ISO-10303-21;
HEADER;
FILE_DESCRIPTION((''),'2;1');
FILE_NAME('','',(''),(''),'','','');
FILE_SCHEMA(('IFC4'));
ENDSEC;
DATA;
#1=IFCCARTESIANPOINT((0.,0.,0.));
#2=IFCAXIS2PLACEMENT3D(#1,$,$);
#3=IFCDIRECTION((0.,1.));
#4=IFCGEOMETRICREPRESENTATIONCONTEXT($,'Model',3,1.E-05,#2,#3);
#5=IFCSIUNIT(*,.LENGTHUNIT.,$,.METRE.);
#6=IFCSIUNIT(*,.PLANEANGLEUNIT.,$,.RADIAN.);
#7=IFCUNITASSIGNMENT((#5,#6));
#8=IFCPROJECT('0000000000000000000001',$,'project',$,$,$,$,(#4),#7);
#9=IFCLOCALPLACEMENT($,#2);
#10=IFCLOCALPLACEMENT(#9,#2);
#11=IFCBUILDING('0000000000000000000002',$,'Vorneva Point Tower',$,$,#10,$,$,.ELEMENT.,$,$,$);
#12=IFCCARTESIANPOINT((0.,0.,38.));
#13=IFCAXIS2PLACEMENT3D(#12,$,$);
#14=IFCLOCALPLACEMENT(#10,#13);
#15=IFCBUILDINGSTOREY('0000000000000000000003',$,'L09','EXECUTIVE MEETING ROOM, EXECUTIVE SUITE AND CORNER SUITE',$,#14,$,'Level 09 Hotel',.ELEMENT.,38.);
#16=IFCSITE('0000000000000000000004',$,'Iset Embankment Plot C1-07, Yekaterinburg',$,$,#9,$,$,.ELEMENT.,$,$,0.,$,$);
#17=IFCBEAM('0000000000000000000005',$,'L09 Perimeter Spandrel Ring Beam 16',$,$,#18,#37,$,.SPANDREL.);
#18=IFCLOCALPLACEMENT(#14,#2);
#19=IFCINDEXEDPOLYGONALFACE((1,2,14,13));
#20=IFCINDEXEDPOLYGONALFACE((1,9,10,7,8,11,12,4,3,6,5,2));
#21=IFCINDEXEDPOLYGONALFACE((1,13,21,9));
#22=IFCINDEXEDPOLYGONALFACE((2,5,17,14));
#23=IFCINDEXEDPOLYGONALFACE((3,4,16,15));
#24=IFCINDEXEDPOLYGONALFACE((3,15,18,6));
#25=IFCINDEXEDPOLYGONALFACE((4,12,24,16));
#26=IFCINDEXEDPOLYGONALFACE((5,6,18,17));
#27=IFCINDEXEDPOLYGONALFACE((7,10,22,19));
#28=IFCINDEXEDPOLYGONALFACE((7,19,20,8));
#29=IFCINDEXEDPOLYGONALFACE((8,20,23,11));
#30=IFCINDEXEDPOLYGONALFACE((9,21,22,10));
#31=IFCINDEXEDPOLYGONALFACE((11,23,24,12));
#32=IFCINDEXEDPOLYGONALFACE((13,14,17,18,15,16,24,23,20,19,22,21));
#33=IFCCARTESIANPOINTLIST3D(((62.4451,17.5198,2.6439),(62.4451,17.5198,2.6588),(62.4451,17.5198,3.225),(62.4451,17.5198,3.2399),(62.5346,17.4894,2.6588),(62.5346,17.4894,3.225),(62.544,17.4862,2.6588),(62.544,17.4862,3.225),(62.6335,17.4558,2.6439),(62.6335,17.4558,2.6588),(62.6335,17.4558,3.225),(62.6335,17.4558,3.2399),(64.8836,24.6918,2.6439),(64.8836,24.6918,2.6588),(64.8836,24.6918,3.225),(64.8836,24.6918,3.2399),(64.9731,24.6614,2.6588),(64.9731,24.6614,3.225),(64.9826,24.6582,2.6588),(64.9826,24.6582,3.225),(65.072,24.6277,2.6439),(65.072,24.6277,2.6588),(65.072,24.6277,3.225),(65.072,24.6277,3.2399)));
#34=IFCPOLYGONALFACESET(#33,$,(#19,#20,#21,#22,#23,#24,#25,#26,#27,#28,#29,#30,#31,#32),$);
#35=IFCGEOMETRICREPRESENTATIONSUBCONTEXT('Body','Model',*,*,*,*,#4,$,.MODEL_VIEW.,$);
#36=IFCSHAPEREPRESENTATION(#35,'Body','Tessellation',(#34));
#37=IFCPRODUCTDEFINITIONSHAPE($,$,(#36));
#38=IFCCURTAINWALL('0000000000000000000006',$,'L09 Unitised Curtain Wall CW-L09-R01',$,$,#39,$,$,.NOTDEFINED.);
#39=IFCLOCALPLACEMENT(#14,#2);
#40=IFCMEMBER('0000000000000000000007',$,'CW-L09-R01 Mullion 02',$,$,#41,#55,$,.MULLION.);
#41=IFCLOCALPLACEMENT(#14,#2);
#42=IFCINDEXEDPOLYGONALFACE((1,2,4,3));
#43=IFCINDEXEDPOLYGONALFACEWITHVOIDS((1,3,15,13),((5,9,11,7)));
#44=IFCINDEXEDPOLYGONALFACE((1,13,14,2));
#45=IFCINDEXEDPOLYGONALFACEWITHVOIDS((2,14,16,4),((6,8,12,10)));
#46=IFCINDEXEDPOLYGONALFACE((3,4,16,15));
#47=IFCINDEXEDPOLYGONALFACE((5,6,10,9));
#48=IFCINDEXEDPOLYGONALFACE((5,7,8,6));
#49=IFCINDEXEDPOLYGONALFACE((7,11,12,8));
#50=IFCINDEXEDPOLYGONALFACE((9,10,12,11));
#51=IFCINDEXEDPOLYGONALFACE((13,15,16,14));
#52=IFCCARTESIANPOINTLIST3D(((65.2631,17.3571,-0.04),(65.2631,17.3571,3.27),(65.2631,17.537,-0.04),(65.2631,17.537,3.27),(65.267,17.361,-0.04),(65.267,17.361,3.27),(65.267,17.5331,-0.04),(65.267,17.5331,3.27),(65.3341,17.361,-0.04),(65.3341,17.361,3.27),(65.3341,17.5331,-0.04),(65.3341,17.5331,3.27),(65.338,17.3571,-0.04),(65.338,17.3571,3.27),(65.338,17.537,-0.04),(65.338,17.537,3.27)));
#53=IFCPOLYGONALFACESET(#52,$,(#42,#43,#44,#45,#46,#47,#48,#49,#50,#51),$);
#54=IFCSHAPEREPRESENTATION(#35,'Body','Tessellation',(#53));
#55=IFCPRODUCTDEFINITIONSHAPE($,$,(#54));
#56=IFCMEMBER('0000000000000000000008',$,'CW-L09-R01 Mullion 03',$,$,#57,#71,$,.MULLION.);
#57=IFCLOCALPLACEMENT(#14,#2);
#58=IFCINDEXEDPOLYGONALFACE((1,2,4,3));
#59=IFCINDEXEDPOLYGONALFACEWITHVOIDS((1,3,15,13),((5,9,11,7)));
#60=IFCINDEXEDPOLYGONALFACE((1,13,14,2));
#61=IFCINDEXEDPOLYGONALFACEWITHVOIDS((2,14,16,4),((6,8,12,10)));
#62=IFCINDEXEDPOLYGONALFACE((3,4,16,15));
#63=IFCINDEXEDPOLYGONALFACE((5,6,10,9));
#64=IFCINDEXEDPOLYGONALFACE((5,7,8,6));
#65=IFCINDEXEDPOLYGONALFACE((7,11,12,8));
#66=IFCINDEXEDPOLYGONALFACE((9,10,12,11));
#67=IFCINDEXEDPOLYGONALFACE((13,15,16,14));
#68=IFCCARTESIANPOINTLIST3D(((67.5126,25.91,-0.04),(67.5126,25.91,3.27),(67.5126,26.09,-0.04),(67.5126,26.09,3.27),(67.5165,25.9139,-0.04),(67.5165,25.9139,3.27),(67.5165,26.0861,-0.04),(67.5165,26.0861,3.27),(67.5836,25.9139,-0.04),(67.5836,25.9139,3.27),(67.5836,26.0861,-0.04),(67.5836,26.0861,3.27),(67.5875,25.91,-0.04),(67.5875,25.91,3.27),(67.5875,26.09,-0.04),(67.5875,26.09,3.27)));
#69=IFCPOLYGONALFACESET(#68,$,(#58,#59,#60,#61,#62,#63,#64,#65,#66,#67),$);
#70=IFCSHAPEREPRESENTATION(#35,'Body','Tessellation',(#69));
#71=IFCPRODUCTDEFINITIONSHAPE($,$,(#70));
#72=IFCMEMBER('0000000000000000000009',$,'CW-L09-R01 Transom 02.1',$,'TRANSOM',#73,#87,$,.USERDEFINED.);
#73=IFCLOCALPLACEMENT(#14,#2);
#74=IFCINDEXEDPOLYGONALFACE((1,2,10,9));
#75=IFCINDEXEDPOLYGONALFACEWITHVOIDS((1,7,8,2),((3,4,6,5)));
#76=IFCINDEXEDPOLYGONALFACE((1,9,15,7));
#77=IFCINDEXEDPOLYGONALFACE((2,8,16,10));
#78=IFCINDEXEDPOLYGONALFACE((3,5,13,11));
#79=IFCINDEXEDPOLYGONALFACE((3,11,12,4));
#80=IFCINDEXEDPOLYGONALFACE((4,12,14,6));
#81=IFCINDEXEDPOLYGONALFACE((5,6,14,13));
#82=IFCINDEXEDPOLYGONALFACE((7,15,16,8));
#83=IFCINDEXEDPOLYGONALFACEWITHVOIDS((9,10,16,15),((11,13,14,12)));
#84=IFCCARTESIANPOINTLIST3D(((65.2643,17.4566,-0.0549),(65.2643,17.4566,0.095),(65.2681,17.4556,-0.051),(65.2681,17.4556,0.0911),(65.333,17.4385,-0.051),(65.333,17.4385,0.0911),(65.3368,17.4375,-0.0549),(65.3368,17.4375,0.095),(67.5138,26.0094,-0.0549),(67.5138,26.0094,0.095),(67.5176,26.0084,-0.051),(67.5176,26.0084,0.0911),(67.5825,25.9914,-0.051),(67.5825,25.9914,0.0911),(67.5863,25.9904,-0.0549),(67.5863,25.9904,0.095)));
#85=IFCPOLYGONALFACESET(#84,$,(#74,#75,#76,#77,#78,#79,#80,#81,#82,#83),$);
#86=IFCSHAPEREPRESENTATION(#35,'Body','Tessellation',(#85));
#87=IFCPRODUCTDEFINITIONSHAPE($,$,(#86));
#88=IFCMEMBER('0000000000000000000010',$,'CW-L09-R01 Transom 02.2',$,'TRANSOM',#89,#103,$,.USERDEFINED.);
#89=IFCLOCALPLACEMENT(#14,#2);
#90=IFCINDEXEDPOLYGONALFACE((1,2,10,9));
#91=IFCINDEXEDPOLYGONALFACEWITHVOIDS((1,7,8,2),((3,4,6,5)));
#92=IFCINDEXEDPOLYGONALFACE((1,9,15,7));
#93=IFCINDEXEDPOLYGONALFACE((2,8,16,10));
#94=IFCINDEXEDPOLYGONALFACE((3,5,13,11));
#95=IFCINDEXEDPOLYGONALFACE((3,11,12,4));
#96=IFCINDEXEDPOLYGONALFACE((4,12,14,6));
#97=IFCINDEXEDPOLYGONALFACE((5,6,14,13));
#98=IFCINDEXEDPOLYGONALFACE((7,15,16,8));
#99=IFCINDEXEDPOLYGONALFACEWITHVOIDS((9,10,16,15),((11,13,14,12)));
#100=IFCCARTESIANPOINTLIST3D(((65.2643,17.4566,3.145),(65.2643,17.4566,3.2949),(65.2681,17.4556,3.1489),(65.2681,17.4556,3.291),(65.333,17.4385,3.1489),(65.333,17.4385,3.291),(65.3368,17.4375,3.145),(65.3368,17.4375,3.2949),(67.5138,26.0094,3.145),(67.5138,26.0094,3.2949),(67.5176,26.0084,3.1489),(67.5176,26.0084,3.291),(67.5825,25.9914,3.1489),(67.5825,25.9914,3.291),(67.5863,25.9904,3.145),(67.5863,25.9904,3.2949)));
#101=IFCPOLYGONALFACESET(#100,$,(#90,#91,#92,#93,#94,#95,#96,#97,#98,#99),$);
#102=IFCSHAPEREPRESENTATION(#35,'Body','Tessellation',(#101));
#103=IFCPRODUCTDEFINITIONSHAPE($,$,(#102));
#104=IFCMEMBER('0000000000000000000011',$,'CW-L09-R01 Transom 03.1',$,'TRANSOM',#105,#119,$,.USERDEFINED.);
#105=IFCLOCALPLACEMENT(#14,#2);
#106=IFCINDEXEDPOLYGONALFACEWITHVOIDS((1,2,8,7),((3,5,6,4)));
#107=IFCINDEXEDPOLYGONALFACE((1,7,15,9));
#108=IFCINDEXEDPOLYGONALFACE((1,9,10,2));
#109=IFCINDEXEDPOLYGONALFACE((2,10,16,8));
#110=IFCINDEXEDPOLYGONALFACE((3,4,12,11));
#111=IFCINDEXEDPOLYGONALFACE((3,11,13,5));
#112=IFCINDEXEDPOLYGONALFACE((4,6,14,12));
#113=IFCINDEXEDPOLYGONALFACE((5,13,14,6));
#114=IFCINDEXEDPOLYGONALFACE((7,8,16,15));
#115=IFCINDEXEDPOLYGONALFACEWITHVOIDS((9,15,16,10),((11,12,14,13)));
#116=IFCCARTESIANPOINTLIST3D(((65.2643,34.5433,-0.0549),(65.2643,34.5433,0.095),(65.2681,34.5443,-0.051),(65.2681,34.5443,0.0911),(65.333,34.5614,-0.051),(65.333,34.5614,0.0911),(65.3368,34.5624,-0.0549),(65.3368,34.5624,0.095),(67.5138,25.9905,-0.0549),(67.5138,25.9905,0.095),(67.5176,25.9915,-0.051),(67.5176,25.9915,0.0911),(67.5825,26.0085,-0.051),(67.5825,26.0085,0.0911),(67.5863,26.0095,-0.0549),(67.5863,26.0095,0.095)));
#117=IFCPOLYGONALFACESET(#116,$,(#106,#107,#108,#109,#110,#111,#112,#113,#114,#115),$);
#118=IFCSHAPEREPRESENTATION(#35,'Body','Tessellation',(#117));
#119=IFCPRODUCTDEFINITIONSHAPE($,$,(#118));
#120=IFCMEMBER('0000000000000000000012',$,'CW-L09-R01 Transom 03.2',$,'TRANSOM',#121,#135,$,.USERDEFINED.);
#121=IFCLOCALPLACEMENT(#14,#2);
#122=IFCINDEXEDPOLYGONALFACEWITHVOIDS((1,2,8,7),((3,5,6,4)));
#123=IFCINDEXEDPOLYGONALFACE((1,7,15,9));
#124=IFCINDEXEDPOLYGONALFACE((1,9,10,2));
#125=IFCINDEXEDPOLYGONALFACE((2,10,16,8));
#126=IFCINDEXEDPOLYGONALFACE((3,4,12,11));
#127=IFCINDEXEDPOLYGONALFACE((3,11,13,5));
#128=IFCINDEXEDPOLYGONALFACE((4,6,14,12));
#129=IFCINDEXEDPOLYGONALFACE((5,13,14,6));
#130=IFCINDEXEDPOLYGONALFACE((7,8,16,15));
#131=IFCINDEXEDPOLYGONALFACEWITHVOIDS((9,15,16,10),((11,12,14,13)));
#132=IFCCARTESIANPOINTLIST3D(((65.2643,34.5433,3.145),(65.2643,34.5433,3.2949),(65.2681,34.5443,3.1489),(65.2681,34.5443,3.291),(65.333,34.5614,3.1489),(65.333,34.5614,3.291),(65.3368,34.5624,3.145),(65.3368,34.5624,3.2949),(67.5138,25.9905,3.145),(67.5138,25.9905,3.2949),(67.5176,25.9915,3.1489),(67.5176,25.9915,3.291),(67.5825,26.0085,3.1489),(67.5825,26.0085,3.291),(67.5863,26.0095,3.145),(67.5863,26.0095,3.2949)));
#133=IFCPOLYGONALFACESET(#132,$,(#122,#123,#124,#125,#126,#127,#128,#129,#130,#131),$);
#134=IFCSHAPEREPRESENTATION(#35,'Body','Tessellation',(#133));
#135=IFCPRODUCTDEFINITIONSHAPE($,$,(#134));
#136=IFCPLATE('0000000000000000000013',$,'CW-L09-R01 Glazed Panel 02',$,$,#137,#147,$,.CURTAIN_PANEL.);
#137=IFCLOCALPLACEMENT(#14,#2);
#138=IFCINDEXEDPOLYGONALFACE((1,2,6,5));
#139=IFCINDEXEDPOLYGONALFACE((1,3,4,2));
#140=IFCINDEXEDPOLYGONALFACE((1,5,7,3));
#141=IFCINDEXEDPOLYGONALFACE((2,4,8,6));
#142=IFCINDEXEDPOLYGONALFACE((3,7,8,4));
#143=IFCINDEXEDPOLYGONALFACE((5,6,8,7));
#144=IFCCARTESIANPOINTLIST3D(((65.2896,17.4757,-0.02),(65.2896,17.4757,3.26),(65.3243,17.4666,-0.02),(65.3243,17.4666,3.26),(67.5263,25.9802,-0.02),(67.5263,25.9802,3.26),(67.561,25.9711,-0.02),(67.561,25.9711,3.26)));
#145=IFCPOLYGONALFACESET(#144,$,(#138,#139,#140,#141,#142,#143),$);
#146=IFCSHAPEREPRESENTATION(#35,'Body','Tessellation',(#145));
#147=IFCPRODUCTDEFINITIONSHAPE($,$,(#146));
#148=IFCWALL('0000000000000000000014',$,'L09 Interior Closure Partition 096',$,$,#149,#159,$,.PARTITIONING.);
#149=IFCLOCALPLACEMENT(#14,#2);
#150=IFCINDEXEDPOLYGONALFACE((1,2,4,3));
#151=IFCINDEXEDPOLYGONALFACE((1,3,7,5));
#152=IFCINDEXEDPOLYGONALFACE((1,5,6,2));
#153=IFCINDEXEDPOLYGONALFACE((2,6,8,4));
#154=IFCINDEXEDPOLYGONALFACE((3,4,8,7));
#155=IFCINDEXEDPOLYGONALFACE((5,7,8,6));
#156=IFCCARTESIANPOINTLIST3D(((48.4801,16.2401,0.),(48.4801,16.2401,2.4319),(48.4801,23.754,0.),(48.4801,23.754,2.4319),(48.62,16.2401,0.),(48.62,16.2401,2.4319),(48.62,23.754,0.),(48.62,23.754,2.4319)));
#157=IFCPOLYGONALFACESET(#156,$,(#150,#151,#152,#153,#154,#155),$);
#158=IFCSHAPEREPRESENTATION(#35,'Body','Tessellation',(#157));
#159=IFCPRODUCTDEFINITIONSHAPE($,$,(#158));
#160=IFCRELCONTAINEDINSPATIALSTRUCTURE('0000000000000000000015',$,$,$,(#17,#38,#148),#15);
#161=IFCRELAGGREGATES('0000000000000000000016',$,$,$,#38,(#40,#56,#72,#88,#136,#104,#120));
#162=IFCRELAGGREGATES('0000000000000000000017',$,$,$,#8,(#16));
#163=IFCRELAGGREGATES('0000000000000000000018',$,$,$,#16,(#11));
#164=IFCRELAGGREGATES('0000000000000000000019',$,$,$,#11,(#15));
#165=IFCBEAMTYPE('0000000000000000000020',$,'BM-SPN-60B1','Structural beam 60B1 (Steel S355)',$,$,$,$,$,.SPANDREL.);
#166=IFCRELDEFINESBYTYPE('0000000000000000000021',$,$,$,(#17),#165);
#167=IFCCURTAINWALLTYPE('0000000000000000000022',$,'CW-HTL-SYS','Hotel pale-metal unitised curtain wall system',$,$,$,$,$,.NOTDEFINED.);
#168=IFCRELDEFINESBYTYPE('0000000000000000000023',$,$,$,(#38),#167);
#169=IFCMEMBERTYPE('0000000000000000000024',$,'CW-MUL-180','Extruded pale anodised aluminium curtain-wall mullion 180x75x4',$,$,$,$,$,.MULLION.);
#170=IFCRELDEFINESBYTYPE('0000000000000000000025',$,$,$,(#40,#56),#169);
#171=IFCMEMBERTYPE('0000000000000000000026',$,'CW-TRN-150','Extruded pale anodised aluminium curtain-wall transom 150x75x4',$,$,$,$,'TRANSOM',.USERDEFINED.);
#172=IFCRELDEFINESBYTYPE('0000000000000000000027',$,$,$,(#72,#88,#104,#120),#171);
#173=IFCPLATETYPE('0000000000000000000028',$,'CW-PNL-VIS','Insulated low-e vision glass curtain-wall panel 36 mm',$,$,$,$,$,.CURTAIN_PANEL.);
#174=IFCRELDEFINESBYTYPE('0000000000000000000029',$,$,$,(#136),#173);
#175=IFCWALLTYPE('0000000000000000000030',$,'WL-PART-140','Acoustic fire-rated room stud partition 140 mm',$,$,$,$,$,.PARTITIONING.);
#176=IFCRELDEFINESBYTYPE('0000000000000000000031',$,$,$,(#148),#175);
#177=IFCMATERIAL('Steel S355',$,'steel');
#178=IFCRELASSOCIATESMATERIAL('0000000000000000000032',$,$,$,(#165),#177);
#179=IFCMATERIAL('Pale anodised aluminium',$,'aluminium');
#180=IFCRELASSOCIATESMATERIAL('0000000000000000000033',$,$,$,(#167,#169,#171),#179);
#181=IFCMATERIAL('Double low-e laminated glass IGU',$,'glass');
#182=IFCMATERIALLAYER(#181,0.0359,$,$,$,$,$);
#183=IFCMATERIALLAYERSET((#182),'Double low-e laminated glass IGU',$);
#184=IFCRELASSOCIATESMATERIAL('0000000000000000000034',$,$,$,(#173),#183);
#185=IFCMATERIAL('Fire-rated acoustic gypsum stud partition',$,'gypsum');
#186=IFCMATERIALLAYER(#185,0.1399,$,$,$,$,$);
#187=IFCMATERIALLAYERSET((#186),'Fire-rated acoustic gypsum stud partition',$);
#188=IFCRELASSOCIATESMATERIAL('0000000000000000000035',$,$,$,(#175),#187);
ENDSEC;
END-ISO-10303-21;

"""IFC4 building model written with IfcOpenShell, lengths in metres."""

from ifc_helpers import new_model, si_unit, direction, frame, frame_2d, origin, origin_2d, place, context, subcontext, project, spatial, rectangle, hollow_rectangle, i_section, extrude, material, layer, layer_set, material_profile, profile_set, type_object, element, aggregate, save


model = new_model("IFC4")

# Units and contexts
model_context = context("Model", 3, precision=1e-05, world=origin(), true_north=direction((0.0, 1.0)))
body_context = subcontext(model_context, "Body", "Model", "MODEL_VIEW")
ifc_project = project(units=[si_unit("LENGTHUNIT", "METRE"), si_unit("PLANEANGLEUNIT", "RADIAN")], contexts=[model_context])

# Site, building, storey
site_placement = place(None, origin())
site = spatial("IfcSite", under=ifc_project, at=site_placement, Name="Iset Embankment Plot C1-07, Yekaterinburg", CompositionType="ELEMENT", RefElevation=0.0)
building_placement = place(site_placement, origin())
building = spatial("IfcBuilding", under=site, at=building_placement, Name="Vorneva Point Tower", CompositionType="ELEMENT")
storey_placement = place(building_placement, frame((0.0, 0.0, 38.0)))
storey = spatial("IfcBuildingStorey", under=building, at=storey_placement, Name="L09", Description="EXECUTIVE MEETING ROOM, EXECUTIVE SUITE AND CORNER SUITE", LongName="Level 09 Hotel", CompositionType="ELEMENT", Elevation=38.0)

# Beam
ifc_material_1 = material(Name="Steel S355", Category="steel")
ifc_material_profile_1 = material_profile(ifc_material_1, i_section(OverallWidth=0.199, OverallDepth=0.5959, WebThickness=0.01, FlangeThickness=0.0149, at=origin_2d()), Name="60B1")
ifc_profile_set_1 = profile_set([ifc_material_profile_1], Name="Steel S355")
beam_type_1 = type_object("IfcBeamType", Name="BM-SPN-60B1", Description="Structural beam 60B1 (Steel S355)", PredefinedType="SPANDREL", material=ifc_profile_set_1)
beam_1_placement = place(storey_placement, frame((62.5393, 17.4878, 2.9419), z_axis=(0.321907, 0.946771, 0.0), x_axis=(-0.946771, 0.321907, 0.0)))
element("IfcBeam", 1, at=beam_1_placement, inside=storey, type_object=beam_type_1, Name="L09 Perimeter Spandrel Ring Beam 16", PredefinedType="SPANDREL", context=body_context, shape_type="SweptSolid", body=[
    extrude(i_section(OverallWidth=0.199, OverallDepth=0.5959, WebThickness=0.01, FlangeThickness=0.0149, at=origin_2d()), origin(), (0.0, 0.0, 1.0), 7.5752),
])

# Curtain wall, members, plate
ifc_material_2 = material(Name="Pale anodised aluminium", Category="aluminium")
curtain_wall_type = type_object("IfcCurtainWallType", Name="CW-HTL-SYS", Description="Hotel pale-metal unitised curtain wall system", PredefinedType="NOTDEFINED", material=ifc_material_2)
curtain_wall_placement = place(storey_placement, origin())
curtain_wall = element("IfcCurtainWall", 2, at=curtain_wall_placement, inside=storey, type_object=curtain_wall_type, Name="L09 Unitised Curtain Wall CW-L09-R01", PredefinedType="NOTDEFINED")
ifc_material_profile_2 = material_profile(ifc_material_2, hollow_rectangle(XDim=0.075, YDim=0.1799, WallThickness=0.0039, at=origin_2d()), Name="AL-MUL 180x75x4")
ifc_profile_set_2 = profile_set([ifc_material_profile_2], Name="Pale anodised aluminium")
member_type_1 = type_object("IfcMemberType", Name="CW-MUL-180", Description="Extruded pale anodised aluminium curtain-wall mullion 180x75x4", PredefinedType="MULLION", material=ifc_profile_set_2)
member_1_placement = place(storey_placement, frame((65.3005, 17.447, -0.04), z_axis=(0.0, 0.0, 1.0), x_axis=(1.0, 0.0, 0.0)))
member_1 = element("IfcMember", 3, at=member_1_placement, type_object=member_type_1, Name="CW-L09-R01 Mullion 02", PredefinedType="MULLION", context=body_context, shape_type="SweptSolid", body=[
    extrude(hollow_rectangle(XDim=0.075, YDim=0.1799, WallThickness=0.0039, at=origin_2d()), origin(), (0.0, 0.0, 1.0), 3.3101),
])
member_2_placement = place(storey_placement, frame((67.55, 26.0, -0.04), z_axis=(0.0, 0.0, 1.0), x_axis=(1.0, 0.0, 0.0)))
member_2 = element("IfcMember", 4, at=member_2_placement, type_object=member_type_1, Name="CW-L09-R01 Mullion 03", PredefinedType="MULLION", context=body_context, shape_type="SweptSolid", body=[
    extrude(hollow_rectangle(XDim=0.075, YDim=0.1799, WallThickness=0.0039, at=origin_2d()), origin(), (0.0, 0.0, 1.0), 3.3101),
])
ifc_material_profile_3 = material_profile(ifc_material_2, hollow_rectangle(XDim=0.075, YDim=0.1499, WallThickness=0.0039, at=origin_2d()), Name="AL-TRN 150x75x4")
ifc_profile_set_3 = profile_set([ifc_material_profile_3], Name="Pale anodised aluminium")
member_type_2 = type_object("IfcMemberType", Name="CW-TRN-150", Description="Extruded pale anodised aluminium curtain-wall transom 150x75x4", ElementType="TRANSOM", PredefinedType="USERDEFINED", material=ifc_profile_set_3)
member_3_placement = place(storey_placement, frame((65.3005, 17.447, 0.02), z_axis=(0.254359, 0.96711, 0.0), x_axis=(-0.96711, 0.254359, 0.0)))
member_3 = element("IfcMember", 5, at=member_3_placement, type_object=member_type_2, Name="CW-L09-R01 Transom 02.1", ObjectType="TRANSOM", PredefinedType="USERDEFINED", context=body_context, shape_type="SweptSolid", body=[
    extrude(hollow_rectangle(XDim=0.075, YDim=0.1499, WallThickness=0.0039, at=origin_2d()), origin(), (0.0, 0.0, 1.0), 8.8438),
])
member_4_placement = place(storey_placement, frame((65.3005, 17.447, 3.22), z_axis=(0.254359, 0.96711, 0.0), x_axis=(-0.96711, 0.254359, 0.0)))
member_4 = element("IfcMember", 6, at=member_4_placement, type_object=member_type_2, Name="CW-L09-R01 Transom 02.2", ObjectType="TRANSOM", PredefinedType="USERDEFINED", context=body_context, shape_type="SweptSolid", body=[
    extrude(hollow_rectangle(XDim=0.075, YDim=0.1499, WallThickness=0.0039, at=origin_2d()), origin(), (0.0, 0.0, 1.0), 8.8438),
])
member_5_placement = place(storey_placement, frame((67.55, 26.0, 0.02), z_axis=(-0.254359, 0.96711, 0.0), x_axis=(-0.96711, -0.254359, 0.0)))
member_5 = element("IfcMember", 7, at=member_5_placement, type_object=member_type_2, Name="CW-L09-R01 Transom 03.1", ObjectType="TRANSOM", PredefinedType="USERDEFINED", context=body_context, shape_type="SweptSolid", body=[
    extrude(hollow_rectangle(XDim=0.075, YDim=0.1499, WallThickness=0.0039, at=origin_2d()), origin(), (0.0, 0.0, 1.0), 8.8438),
])
member_6_placement = place(storey_placement, frame((67.55, 26.0, 3.22), z_axis=(-0.254359, 0.96711, 0.0), x_axis=(-0.96711, -0.254359, 0.0)))
member_6 = element("IfcMember", 8, at=member_6_placement, type_object=member_type_2, Name="CW-L09-R01 Transom 03.2", ObjectType="TRANSOM", PredefinedType="USERDEFINED", context=body_context, shape_type="SweptSolid", body=[
    extrude(hollow_rectangle(XDim=0.075, YDim=0.1499, WallThickness=0.0039, at=origin_2d()), origin(), (0.0, 0.0, 1.0), 8.8438),
])
ifc_material_3 = material(Name="Double low-e laminated glass IGU", Category="glass")
ifc_layer_1 = layer(ifc_material_3, 0.0359)
ifc_layer_set_1 = layer_set([ifc_layer_1], Name="Double low-e laminated glass IGU")
plate_type = type_object("IfcPlateType", Name="CW-PNL-VIS", Description="Insulated low-e vision glass curtain-wall panel 36 mm", PredefinedType="CURTAIN_PANEL", material=ifc_layer_set_1)
plate_placement = place(storey_placement, frame((66.4253, 21.7234, -0.02), z_axis=(0.0, 0.0, 1.0), x_axis=(0.254349, 0.967113, 0.0)))
plate = element("IfcPlate", 9, at=plate_placement, type_object=plate_type, Name="CW-L09-R01 Glazed Panel 02", PredefinedType="CURTAIN_PANEL", context=body_context, shape_type="SweptSolid", body=[
    extrude(rectangle(XDim=8.7937, YDim=0.0359, at=origin_2d()), origin(), (0.0, 0.0, 1.0), 3.28),
])
aggregate(curtain_wall, [member_1, member_2, member_3, member_4, plate, member_5, member_6])

# Wall
ifc_material_4 = material(Name="Fire-rated acoustic gypsum stud partition", Category="gypsum")
ifc_layer_2 = layer(ifc_material_4, 0.1399)
ifc_layer_set_2 = layer_set([ifc_layer_2], Name="Fire-rated acoustic gypsum stud partition")
wall_type_1 = type_object("IfcWallType", Name="WL-PART-140", Description="Acoustic fire-rated room stud partition 140 mm", PredefinedType="PARTITIONING", material=ifc_layer_set_2)
wall_1_placement = place(storey_placement, frame((48.55, 23.7539, 0.0), z_axis=(0.0, 0.0, 1.0), x_axis=(0.0, -1.0, 0.0)))
element("IfcWall", 10, at=wall_1_placement, inside=storey, type_object=wall_type_1, Name="L09 Interior Closure Partition 096", PredefinedType="PARTITIONING", context=body_context, shape_type="SweptSolid", body=[
    extrude(rectangle(XDim=7.5139, YDim=0.1399, at=frame_2d((3.7568, 0.0))), origin(), (0.0, 0.0, 1.0), 2.4319),
])

save(model, "model.ifc")
